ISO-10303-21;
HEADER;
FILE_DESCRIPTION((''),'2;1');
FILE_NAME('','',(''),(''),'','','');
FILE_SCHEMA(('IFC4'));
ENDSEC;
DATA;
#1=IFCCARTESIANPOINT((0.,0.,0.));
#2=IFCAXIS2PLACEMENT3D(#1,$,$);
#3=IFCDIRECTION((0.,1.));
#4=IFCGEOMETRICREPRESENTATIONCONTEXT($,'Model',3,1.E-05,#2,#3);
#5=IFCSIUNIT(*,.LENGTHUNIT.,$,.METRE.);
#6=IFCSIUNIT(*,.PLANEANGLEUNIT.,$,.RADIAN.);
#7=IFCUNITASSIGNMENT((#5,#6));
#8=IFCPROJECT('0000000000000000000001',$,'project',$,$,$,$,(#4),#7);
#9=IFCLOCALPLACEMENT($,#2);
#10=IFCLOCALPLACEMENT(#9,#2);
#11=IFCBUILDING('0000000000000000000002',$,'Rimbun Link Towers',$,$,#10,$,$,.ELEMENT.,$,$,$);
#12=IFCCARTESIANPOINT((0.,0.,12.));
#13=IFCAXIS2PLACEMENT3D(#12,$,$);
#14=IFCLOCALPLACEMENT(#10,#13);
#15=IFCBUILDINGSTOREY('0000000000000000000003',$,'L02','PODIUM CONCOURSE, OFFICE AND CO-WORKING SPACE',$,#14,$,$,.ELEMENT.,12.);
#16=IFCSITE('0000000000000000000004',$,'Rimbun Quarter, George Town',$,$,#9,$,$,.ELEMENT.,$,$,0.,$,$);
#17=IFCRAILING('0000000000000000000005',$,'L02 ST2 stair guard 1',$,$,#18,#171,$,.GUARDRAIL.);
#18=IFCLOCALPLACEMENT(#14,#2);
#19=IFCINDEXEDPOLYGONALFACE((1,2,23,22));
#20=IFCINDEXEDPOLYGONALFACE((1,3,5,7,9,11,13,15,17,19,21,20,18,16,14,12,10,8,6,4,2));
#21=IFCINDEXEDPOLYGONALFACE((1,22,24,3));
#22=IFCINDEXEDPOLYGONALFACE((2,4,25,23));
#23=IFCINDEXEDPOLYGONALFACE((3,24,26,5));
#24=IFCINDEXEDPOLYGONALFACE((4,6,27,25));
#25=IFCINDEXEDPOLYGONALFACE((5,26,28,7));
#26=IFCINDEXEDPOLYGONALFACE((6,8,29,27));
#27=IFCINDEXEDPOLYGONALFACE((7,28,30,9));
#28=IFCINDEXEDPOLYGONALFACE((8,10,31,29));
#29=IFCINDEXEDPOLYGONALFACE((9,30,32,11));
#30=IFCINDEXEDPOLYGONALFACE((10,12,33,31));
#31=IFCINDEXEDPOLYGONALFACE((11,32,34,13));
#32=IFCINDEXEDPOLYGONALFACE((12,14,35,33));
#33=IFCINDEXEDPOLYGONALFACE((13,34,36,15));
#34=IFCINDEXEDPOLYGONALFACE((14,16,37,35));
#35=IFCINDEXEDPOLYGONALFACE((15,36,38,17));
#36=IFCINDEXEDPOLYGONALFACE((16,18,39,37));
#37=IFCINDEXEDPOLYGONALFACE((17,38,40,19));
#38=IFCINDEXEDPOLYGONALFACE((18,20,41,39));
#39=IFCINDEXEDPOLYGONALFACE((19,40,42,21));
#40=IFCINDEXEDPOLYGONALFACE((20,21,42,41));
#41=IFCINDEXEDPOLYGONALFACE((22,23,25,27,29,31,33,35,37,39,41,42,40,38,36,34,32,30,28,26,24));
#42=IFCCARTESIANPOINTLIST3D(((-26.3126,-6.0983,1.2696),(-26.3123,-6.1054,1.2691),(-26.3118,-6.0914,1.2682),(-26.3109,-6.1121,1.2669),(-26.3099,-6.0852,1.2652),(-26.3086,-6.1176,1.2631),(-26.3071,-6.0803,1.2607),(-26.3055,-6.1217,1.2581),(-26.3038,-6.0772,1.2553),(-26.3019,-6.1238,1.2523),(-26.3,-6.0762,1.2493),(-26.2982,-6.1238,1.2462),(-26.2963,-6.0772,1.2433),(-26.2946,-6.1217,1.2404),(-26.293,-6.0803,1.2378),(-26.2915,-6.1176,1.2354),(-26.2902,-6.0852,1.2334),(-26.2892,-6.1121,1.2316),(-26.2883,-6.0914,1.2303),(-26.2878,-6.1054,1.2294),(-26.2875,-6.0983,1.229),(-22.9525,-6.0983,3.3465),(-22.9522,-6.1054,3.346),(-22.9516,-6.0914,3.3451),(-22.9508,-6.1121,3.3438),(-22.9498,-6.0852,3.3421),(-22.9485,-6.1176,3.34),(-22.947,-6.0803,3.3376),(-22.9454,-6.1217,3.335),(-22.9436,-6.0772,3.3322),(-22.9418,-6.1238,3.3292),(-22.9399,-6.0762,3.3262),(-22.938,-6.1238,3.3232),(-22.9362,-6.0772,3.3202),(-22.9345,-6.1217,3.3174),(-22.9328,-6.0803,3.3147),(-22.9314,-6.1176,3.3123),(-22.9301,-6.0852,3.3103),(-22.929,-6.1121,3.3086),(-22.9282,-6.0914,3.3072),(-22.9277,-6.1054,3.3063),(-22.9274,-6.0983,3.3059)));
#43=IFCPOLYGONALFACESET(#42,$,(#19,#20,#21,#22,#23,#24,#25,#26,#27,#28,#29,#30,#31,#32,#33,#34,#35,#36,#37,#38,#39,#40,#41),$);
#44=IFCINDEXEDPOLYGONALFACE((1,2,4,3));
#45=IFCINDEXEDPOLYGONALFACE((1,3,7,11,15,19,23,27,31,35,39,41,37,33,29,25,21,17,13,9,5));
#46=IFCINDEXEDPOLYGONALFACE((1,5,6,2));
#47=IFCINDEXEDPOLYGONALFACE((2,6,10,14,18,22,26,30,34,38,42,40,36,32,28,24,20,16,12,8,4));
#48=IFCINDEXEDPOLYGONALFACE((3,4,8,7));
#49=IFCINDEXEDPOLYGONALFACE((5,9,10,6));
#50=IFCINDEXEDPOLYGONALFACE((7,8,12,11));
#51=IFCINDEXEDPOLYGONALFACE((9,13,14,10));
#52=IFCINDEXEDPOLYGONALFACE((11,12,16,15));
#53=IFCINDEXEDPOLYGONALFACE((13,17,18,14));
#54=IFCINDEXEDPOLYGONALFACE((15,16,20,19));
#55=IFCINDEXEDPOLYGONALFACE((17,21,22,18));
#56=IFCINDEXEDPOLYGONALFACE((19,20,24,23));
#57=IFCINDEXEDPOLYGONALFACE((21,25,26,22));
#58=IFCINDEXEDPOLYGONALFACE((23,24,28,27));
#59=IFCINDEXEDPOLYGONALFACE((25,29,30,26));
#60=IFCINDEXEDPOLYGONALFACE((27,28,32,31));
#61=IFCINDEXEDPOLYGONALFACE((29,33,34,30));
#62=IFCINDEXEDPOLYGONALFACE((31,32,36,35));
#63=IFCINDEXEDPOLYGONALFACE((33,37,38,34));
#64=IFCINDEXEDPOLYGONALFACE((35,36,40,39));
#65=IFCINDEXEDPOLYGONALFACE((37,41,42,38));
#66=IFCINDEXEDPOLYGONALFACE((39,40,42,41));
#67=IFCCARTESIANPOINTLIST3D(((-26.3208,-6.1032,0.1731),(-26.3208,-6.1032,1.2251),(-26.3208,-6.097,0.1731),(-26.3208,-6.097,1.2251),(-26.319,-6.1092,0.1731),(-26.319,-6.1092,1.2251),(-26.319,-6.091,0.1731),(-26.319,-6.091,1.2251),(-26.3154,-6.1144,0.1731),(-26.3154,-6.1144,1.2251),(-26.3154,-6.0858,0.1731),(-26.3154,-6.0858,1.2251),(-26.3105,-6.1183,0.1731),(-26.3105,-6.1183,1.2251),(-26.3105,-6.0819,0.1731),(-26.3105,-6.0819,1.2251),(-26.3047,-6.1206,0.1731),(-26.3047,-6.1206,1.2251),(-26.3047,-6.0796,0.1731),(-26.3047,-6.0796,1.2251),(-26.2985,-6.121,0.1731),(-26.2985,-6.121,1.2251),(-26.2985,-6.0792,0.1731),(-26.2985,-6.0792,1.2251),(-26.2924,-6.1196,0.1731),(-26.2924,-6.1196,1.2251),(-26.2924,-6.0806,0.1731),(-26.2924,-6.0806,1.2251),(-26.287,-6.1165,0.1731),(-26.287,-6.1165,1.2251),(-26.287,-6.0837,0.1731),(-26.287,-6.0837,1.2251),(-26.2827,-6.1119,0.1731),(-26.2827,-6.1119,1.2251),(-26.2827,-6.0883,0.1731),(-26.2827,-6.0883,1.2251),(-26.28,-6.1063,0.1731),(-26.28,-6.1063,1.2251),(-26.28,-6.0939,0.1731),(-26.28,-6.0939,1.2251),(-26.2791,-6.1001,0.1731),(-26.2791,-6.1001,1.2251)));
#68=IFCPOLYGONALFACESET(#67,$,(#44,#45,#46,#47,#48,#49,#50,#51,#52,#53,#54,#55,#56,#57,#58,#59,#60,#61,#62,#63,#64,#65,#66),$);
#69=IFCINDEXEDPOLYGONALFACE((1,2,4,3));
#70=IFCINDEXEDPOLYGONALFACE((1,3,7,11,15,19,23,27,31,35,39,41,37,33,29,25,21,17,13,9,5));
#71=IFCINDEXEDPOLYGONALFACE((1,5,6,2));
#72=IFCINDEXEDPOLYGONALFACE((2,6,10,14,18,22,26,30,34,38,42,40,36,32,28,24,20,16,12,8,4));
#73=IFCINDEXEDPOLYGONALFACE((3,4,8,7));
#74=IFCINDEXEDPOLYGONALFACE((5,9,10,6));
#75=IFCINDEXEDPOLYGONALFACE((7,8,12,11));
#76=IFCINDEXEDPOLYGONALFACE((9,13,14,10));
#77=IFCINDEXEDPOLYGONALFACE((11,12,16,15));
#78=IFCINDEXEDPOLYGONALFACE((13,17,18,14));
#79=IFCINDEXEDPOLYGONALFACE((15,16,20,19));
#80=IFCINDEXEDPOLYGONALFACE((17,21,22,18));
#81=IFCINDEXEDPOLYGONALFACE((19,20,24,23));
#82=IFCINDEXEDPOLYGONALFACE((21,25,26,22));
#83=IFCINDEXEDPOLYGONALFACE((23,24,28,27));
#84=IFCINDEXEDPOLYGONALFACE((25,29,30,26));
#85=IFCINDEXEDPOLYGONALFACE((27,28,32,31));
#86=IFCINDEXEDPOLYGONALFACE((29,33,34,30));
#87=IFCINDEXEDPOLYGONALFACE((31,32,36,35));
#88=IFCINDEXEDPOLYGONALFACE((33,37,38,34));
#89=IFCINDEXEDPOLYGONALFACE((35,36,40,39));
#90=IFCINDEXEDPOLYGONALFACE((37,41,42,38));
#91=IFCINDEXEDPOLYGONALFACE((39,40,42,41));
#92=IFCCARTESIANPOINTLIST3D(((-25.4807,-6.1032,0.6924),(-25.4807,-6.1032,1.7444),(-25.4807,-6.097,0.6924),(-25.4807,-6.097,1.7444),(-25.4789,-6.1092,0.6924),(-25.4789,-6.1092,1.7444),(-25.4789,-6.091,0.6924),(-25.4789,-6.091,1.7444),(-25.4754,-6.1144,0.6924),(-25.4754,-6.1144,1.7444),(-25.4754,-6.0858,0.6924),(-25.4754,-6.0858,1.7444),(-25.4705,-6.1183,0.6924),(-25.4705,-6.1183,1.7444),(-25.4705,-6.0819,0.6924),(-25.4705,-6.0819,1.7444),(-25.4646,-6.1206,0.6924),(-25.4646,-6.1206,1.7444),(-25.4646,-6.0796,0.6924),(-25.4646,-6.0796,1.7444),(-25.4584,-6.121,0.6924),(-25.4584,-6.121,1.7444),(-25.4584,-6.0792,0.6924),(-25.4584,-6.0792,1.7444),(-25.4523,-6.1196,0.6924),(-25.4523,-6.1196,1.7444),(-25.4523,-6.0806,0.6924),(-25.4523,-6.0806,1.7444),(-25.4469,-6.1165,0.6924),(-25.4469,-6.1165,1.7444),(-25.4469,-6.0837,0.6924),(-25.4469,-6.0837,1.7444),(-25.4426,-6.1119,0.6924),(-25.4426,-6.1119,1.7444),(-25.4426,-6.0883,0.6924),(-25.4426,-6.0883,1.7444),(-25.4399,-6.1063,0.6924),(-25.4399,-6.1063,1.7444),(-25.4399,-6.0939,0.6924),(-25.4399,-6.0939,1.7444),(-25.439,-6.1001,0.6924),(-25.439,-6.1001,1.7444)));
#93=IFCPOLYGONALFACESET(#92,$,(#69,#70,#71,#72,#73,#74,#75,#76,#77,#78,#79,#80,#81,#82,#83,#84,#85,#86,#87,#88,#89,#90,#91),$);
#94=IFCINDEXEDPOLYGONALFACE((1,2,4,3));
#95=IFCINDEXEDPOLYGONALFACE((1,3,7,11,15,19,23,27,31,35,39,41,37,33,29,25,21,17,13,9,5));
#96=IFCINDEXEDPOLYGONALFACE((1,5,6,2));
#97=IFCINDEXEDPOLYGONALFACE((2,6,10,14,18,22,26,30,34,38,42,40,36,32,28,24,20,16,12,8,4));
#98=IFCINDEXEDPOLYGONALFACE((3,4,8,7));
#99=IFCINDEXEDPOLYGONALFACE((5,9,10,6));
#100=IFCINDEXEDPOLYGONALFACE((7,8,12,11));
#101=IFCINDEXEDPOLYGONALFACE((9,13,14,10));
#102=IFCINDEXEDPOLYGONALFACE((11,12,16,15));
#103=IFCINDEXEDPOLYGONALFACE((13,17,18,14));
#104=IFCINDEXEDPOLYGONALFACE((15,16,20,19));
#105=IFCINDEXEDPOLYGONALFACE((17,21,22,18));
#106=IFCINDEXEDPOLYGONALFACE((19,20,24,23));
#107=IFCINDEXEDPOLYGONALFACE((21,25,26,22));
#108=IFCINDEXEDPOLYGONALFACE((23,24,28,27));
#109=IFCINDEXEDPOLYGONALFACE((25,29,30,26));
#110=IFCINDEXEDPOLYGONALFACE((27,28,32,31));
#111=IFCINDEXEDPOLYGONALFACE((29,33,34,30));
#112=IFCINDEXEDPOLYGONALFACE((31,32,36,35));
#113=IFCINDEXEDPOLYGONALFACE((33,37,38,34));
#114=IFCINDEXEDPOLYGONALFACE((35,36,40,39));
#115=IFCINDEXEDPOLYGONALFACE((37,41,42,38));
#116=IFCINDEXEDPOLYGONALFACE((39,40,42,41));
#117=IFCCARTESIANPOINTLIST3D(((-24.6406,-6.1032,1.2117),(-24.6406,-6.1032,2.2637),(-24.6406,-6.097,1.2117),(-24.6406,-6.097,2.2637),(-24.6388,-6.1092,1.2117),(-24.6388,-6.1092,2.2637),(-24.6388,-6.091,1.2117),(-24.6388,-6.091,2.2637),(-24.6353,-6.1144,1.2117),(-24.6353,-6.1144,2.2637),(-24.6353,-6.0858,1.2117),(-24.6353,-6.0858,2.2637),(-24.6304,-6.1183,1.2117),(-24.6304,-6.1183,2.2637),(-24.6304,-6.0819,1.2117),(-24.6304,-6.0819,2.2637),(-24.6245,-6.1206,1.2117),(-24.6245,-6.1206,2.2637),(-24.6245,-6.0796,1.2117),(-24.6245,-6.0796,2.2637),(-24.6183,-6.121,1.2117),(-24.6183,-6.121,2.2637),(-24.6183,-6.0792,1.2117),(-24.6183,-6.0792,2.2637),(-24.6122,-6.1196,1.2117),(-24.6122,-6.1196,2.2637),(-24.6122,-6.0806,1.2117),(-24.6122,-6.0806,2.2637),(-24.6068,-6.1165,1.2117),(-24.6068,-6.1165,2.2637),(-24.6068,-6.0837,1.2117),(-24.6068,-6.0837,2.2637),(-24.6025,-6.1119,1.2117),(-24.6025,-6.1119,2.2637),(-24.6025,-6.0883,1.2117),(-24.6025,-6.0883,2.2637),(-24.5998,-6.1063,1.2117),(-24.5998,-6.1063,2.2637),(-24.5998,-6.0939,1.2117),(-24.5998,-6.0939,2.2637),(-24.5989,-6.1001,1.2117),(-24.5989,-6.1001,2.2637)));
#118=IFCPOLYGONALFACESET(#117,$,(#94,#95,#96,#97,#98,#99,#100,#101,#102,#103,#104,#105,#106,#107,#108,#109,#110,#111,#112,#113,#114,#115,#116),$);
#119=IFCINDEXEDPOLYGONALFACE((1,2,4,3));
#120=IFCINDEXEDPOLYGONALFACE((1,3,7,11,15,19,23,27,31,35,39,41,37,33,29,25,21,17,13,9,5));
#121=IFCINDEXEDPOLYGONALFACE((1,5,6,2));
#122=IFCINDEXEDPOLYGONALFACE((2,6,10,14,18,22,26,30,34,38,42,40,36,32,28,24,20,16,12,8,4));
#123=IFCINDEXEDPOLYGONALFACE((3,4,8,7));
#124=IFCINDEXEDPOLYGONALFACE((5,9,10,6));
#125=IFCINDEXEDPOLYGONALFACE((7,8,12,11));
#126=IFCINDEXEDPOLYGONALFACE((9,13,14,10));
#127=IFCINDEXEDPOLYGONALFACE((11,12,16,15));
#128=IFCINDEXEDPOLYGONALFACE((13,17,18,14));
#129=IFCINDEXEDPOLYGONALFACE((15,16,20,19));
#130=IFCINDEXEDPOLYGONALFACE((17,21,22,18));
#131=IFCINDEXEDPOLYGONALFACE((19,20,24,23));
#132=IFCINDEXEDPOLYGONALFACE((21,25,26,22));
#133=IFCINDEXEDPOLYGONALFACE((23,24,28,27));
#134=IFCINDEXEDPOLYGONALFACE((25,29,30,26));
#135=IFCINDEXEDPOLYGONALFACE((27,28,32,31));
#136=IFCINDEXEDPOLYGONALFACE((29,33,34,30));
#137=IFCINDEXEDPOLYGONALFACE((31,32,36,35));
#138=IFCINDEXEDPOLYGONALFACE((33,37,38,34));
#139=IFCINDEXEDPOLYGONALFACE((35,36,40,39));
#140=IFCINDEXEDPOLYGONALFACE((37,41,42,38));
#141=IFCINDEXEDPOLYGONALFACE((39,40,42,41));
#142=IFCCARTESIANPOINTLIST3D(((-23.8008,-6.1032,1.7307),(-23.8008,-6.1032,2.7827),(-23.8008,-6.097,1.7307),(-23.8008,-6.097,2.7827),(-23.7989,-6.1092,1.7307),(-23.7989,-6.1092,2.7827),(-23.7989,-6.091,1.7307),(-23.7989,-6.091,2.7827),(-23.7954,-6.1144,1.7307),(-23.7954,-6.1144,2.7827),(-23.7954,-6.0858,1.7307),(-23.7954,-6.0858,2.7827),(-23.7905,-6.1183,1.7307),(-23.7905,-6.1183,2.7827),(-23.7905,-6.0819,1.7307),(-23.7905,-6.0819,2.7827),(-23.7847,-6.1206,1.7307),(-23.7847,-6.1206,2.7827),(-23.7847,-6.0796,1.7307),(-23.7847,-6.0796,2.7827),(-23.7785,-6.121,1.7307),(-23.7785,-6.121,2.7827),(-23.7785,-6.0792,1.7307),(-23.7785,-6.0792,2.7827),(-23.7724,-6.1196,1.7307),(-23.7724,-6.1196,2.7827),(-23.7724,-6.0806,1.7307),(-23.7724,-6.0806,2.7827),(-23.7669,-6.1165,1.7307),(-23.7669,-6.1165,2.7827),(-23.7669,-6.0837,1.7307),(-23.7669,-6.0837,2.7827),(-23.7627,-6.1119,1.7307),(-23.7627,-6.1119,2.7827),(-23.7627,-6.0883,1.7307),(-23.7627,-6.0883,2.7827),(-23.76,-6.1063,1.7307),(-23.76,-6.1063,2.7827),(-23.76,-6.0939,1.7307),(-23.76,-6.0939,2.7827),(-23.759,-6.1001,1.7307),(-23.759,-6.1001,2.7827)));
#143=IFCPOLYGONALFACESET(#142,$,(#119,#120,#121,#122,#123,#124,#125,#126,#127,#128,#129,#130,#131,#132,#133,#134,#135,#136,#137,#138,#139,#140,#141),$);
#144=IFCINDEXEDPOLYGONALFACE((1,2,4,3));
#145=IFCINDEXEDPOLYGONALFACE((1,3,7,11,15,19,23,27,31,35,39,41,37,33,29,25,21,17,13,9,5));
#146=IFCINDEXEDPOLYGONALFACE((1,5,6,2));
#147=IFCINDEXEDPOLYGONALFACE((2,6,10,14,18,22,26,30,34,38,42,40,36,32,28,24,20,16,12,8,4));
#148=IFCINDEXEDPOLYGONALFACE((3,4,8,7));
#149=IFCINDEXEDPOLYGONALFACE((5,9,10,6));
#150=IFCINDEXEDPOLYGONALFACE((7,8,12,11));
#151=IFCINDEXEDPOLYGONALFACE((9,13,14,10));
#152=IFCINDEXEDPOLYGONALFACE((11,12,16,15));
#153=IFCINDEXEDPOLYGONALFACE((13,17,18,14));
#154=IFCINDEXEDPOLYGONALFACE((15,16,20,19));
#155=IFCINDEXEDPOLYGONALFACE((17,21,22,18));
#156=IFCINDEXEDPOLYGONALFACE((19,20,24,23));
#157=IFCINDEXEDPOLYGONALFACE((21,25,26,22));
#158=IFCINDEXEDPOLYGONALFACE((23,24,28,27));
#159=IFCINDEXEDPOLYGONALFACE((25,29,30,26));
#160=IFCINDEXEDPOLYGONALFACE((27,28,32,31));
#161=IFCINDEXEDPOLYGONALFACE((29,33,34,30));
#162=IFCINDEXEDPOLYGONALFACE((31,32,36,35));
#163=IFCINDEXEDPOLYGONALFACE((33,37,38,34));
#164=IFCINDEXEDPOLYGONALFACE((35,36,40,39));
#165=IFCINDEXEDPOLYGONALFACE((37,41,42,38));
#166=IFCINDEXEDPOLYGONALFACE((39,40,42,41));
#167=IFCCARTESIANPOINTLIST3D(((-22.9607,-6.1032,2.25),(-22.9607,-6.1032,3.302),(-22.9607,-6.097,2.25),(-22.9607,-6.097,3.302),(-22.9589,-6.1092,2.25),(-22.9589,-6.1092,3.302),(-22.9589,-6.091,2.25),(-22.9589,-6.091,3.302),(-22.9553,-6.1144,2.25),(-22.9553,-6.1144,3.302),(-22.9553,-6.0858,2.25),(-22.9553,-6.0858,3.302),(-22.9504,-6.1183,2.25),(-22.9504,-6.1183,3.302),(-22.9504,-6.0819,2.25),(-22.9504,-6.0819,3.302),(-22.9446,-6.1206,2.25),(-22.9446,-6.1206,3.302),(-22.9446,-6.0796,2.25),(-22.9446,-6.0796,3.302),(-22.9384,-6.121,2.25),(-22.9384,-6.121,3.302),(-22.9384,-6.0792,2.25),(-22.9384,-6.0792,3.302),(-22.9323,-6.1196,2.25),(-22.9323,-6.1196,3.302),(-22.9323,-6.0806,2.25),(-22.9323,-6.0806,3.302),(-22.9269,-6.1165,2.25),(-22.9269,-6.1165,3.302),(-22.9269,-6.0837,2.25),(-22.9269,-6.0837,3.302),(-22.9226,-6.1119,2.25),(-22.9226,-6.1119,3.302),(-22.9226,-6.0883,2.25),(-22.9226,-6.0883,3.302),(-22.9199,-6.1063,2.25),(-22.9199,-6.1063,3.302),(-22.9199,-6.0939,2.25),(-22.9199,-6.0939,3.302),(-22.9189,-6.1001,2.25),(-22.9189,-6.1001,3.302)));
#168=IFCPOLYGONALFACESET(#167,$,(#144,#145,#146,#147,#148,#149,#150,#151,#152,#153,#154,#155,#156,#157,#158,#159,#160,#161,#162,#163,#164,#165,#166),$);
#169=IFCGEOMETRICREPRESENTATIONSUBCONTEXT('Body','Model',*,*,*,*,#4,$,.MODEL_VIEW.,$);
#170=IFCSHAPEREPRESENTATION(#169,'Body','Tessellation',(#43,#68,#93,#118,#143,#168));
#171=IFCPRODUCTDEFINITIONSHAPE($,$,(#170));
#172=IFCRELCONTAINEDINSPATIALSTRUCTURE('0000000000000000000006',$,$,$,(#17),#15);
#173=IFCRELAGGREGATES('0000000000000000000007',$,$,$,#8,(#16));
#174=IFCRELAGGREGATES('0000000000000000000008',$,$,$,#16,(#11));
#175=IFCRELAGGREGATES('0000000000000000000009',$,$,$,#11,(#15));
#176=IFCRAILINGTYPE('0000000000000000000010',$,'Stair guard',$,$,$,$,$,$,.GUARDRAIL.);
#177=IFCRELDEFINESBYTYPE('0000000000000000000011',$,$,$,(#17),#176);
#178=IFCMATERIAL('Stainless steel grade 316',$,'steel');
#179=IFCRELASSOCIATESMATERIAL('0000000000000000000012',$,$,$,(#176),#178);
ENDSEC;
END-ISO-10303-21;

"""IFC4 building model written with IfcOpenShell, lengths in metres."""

from ifc_helpers import new_model, si_unit, direction, frame, origin, origin_2d, place, context, subcontext, project, spatial, circle, extrude, material, type_object, element, save


model = new_model("IFC4")

# Units and contexts
model_context = context("Model", 3, precision=1e-05, world=origin(), true_north=direction((0.0, 1.0)))
body_context = subcontext(model_context, "Body", "Model", "MODEL_VIEW")
ifc_project = project(units=[si_unit("LENGTHUNIT", "METRE"), si_unit("PLANEANGLEUNIT", "RADIAN")], contexts=[model_context])

# Site, building, storey
site_placement = place(None, origin())
site = spatial("IfcSite", under=ifc_project, at=site_placement, Name="Rimbun Quarter, George Town", CompositionType="ELEMENT", RefElevation=0.0)
building_placement = place(site_placement, origin())
building = spatial("IfcBuilding", under=site, at=building_placement, Name="Rimbun Link Towers", CompositionType="ELEMENT")
storey_placement = place(building_placement, frame((0.0, 0.0, 12.0)))
storey = spatial("IfcBuildingStorey", under=building, at=storey_placement, Name="L02", Description="PODIUM CONCOURSE, OFFICE AND CO-WORKING SPACE", CompositionType="ELEMENT", Elevation=12.0)

# Railing
ifc_material_1 = material(Name="Stainless steel grade 316", Category="steel")
railing_type_1 = type_object("IfcRailingType", Name="Stair guard", PredefinedType="GUARDRAIL", material=ifc_material_1)
railing_1_placement = place(storey_placement, frame((-26.3, -6.1001, 0.1731)))
element("IfcRailing", 1, at=railing_1_placement, inside=storey, type_object=railing_type_1, Name="L02 ST2 stair guard 1", PredefinedType="GUARDRAIL", context=body_context, shape_type="SweptSolid", body=[
    extrude(circle(Radius=0.0239, at=origin_2d()), frame((0.0, 0.0, 1.0762), z_axis=(0.850623, 0.0, 0.525776), x_axis=(0.0, 1.0, 0.0)), (0.0, 0.0, 1.0), 3.9502),
    extrude(circle(Radius=0.021, at=origin_2d()), origin(), (0.0, 0.0, 1.0), 1.052),
    extrude(circle(Radius=0.021, at=origin_2d()), frame((0.8401, 0.0, 0.5193)), (0.0, 0.0, 1.0), 1.052),
    extrude(circle(Radius=0.021, at=origin_2d()), frame((1.6802, 0.0, 1.0386)), (0.0, 0.0, 1.0), 1.052),
    extrude(circle(Radius=0.021, at=origin_2d()), frame((2.52, 0.0, 1.5576)), (0.0, 0.0, 1.0), 1.052),
    extrude(circle(Radius=0.021, at=origin_2d()), frame((3.3601, 0.0, 2.0769)), (0.0, 0.0, 1.0), 1.052),
])

save(model, "model.ifc")
